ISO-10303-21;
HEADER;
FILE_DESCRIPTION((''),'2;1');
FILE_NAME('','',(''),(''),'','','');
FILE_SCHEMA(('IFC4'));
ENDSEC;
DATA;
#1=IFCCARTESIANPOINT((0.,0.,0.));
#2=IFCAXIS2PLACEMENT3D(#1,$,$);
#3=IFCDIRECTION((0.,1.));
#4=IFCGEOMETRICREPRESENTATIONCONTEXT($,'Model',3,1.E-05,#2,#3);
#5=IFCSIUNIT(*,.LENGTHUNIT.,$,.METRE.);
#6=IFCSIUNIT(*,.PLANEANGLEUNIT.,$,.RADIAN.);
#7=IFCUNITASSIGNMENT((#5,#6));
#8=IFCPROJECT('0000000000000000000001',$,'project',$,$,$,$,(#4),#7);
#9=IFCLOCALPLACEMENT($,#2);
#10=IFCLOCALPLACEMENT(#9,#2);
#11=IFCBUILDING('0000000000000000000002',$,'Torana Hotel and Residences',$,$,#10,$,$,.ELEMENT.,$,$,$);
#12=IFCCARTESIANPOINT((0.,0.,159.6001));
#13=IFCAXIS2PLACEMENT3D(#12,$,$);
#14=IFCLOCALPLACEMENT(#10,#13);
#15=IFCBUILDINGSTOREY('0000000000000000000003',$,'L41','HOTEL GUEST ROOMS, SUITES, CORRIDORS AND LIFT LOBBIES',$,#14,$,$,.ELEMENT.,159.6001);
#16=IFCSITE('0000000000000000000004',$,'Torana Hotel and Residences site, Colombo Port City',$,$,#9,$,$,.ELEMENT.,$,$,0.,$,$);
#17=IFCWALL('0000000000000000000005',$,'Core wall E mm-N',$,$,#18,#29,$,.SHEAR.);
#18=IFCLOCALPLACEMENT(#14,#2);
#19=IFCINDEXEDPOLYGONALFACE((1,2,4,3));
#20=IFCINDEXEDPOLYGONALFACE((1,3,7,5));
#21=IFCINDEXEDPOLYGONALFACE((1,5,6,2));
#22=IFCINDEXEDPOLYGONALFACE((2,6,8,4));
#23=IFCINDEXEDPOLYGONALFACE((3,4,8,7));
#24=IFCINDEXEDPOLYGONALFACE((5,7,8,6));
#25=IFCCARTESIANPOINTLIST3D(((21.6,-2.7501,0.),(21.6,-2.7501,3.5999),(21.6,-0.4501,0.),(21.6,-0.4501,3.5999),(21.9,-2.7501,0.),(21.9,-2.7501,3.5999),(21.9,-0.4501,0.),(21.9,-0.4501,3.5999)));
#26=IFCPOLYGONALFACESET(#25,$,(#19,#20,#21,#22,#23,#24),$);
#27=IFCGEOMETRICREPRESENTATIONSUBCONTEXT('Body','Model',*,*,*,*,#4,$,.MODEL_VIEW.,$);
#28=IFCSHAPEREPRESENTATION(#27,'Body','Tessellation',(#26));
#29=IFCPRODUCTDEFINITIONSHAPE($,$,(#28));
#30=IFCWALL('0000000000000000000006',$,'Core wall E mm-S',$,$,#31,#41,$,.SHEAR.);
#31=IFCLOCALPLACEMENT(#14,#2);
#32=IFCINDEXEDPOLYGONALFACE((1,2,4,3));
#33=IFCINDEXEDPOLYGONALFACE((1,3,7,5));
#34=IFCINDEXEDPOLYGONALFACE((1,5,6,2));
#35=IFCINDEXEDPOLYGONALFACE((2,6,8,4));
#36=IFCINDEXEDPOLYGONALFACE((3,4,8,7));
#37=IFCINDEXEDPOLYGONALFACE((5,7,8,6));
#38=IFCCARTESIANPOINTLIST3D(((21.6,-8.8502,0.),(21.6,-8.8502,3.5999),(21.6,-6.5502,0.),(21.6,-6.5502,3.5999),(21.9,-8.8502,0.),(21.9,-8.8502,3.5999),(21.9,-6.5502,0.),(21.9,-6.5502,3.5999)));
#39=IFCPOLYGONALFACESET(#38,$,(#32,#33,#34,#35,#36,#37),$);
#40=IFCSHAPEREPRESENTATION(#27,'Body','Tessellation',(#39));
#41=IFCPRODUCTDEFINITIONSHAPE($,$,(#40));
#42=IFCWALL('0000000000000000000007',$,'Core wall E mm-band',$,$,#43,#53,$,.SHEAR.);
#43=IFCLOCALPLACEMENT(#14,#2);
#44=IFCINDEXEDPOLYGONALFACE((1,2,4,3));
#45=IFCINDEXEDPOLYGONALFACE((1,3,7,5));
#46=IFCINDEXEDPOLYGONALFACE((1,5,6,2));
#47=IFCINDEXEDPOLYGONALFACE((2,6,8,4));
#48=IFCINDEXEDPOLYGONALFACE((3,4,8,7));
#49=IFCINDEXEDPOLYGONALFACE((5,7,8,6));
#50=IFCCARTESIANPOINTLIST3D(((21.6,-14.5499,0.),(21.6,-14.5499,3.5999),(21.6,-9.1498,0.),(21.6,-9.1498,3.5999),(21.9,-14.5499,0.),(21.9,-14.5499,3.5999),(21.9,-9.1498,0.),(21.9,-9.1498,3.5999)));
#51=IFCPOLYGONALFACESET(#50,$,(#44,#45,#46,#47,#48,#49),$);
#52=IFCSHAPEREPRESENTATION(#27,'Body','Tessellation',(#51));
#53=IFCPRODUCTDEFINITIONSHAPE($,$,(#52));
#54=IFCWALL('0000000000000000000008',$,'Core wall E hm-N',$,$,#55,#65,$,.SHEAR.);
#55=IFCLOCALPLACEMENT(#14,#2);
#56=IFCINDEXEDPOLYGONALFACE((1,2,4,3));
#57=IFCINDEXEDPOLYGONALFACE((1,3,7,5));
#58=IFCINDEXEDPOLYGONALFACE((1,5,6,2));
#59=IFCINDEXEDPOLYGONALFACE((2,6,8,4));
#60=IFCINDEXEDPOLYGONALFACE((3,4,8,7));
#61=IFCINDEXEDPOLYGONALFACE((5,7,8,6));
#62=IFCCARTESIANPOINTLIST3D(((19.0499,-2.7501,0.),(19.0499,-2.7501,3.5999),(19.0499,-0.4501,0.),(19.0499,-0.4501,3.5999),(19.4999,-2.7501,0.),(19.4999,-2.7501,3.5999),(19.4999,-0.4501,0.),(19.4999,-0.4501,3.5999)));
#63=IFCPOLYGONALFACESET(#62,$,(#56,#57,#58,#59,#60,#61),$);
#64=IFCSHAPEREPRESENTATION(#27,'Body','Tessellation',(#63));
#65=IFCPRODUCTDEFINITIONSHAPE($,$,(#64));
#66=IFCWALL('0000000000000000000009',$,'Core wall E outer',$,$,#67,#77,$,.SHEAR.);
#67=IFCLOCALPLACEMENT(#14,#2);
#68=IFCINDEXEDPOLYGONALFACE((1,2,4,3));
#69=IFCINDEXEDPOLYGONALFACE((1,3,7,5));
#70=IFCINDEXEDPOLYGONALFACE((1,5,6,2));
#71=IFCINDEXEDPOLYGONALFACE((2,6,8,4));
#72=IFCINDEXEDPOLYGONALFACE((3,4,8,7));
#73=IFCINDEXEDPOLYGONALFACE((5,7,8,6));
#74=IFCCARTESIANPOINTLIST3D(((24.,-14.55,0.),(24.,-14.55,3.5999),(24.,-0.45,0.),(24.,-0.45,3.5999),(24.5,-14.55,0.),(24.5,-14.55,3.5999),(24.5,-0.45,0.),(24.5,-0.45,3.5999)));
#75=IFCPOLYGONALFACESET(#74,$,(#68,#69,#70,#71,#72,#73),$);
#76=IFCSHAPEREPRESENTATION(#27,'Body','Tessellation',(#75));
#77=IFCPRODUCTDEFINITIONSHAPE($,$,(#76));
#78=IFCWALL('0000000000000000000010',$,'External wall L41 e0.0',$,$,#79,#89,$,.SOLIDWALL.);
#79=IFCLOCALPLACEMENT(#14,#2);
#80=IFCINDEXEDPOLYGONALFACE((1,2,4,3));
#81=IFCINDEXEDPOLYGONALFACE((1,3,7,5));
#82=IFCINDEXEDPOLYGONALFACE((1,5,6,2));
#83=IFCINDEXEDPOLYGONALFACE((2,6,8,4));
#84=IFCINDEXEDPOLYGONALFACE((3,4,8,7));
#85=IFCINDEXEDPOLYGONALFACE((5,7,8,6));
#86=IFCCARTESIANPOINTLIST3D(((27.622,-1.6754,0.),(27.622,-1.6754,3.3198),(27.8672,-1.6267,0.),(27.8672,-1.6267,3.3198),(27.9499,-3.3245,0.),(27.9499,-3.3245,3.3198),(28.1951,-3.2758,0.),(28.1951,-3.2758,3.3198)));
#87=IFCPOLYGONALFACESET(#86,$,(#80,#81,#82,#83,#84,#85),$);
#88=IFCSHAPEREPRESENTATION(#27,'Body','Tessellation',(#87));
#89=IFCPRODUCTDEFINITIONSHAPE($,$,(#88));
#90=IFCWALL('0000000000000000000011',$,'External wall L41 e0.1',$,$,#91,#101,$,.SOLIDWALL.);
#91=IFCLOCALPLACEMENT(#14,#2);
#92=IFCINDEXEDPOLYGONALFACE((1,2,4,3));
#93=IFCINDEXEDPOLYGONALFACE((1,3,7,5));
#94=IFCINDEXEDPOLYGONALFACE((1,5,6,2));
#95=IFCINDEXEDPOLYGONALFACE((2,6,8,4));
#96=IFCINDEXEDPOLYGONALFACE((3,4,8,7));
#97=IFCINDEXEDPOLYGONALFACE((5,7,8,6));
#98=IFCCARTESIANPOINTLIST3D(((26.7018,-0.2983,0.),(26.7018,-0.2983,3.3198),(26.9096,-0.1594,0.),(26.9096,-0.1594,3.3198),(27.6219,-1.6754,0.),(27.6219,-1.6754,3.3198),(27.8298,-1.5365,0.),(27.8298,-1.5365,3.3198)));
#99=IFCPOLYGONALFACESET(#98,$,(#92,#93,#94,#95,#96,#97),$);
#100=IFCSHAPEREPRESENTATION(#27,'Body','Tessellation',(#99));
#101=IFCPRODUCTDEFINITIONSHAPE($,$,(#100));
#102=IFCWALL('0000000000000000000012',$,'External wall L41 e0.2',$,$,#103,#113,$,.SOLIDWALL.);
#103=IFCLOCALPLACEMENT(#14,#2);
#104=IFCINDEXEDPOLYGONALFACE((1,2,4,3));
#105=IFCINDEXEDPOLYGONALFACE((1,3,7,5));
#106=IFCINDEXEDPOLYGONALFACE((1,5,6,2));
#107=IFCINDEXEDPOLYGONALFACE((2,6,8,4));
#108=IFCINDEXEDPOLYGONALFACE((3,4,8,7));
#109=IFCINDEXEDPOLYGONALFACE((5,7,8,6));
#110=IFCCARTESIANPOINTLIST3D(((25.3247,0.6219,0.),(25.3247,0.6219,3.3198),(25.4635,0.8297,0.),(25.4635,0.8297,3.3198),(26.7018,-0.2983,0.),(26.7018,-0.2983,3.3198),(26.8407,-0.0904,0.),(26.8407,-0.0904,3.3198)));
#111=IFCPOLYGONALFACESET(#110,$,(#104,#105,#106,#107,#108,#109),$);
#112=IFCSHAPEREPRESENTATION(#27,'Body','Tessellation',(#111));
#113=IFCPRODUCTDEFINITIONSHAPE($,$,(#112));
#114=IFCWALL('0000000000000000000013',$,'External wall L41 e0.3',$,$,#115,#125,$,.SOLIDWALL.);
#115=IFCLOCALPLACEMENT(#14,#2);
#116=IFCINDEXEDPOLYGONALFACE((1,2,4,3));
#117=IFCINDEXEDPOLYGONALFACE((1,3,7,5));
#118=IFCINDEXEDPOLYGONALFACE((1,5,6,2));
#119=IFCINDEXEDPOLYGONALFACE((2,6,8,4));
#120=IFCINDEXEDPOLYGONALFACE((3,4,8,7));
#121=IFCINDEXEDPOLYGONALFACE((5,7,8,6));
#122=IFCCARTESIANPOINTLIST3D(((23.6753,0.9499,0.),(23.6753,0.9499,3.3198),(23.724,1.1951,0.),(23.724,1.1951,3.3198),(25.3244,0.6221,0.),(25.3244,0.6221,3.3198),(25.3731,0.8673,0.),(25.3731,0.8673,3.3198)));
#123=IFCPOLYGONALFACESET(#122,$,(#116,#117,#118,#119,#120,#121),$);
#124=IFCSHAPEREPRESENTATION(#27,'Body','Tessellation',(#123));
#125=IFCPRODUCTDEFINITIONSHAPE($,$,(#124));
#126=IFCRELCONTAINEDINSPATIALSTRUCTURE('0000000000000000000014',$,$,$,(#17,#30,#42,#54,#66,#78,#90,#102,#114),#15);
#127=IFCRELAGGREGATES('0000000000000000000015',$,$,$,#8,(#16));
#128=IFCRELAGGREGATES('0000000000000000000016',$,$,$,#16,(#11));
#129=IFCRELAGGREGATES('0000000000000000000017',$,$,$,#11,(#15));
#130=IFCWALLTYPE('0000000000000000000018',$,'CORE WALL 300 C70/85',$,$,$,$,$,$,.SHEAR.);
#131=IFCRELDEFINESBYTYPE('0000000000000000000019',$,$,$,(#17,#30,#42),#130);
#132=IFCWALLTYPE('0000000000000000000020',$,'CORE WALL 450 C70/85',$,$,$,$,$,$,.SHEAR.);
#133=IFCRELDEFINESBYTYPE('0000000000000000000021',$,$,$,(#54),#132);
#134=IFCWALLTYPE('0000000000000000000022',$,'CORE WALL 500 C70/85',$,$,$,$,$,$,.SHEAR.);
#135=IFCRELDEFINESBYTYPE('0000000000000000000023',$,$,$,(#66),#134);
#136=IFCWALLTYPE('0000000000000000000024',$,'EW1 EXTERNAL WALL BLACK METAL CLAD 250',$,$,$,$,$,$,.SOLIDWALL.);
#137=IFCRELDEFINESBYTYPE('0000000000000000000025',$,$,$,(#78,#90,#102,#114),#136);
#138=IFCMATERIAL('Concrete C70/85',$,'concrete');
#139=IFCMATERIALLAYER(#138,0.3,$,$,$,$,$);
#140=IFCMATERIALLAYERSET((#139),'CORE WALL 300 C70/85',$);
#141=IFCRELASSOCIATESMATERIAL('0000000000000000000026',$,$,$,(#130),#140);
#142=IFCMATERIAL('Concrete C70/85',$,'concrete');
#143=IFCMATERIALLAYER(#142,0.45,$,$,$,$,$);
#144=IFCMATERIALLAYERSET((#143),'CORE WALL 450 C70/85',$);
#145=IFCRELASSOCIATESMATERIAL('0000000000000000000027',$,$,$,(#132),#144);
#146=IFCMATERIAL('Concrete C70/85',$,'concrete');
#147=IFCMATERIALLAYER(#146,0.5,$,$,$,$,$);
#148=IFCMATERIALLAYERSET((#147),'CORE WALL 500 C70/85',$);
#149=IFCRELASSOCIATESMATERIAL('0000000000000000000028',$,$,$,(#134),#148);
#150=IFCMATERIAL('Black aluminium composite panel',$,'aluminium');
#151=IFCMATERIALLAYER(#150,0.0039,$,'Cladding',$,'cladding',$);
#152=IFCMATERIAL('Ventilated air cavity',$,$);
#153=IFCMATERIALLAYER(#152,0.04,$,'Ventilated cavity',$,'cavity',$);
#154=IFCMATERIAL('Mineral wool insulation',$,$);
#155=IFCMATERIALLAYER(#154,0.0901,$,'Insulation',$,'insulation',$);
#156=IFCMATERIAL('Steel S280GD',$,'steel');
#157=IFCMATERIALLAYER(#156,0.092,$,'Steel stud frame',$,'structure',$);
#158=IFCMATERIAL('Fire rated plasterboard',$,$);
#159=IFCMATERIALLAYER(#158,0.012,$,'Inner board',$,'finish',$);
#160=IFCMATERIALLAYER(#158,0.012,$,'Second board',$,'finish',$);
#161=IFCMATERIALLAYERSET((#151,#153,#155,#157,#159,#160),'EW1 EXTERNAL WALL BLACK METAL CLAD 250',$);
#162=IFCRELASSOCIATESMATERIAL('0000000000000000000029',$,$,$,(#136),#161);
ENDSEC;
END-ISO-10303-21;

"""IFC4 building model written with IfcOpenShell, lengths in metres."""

from ifc_helpers import new_model, si_unit, direction, frame, frame_2d, origin, place, context, subcontext, project, spatial, rectangle, extrude, material, layer, layer_set, type_object, element, save


model = new_model("IFC4")

# Units and contexts
model_context = context("Model", 3, precision=1e-05, world=origin(), true_north=direction((0.0, 1.0)))
body_context = subcontext(model_context, "Body", "Model", "MODEL_VIEW")
ifc_project = project(units=[si_unit("LENGTHUNIT", "METRE"), si_unit("PLANEANGLEUNIT", "RADIAN")], contexts=[model_context])

# Site, building, storey
site_placement = place(None, origin())
site = spatial("IfcSite", under=ifc_project, at=site_placement, Name="Torana Hotel and Residences site, Colombo Port City", CompositionType="ELEMENT", RefElevation=0.0)
building_placement = place(site_placement, origin())
building = spatial("IfcBuilding", under=site, at=building_placement, Name="Torana Hotel and Residences", CompositionType="ELEMENT")
storey_placement = place(building_placement, frame((0.0, 0.0, 159.6001)))
storey = spatial("IfcBuildingStorey", under=building, at=storey_placement, Name="L41", Description="HOTEL GUEST ROOMS, SUITES, CORRIDORS AND LIFT LOBBIES", CompositionType="ELEMENT", Elevation=159.6001)

# Walls
ifc_material_1 = material(Name="Concrete C70/85", Category="concrete")
ifc_layer_1 = layer(ifc_material_1, 0.3)
ifc_layer_set_1 = layer_set([ifc_layer_1], Name="CORE WALL 300 C70/85")
wall_type_1 = type_object("IfcWallType", Name="CORE WALL 300 C70/85", PredefinedType="SHEAR", material=ifc_layer_set_1)
for number, where, z_axis, x_axis, name in (
    (1, (21.75, -2.75, 0.0), (0.0, 0.0, 1.0), (0.0, 1.0, 0.0), "Core wall E mm-N"),
    (2, (21.75, -8.8501, 0.0), (0.0, 0.0, 1.0), (0.0, 1.0, 0.0), "Core wall E mm-S"),
):
    element("IfcWall", number, at=place(storey_placement, frame(where, z_axis=z_axis, x_axis=x_axis)), inside=storey, type_object=wall_type_1, Name=name, PredefinedType="SHEAR", context=body_context, shape_type="SweptSolid", body=[
        extrude(rectangle(XDim=2.3, YDim=0.3, at=frame_2d((1.1499, 0.0))), origin(), (0.0, 0.0, 1.0), 3.5999),
    ])
wall_1_placement = place(storey_placement, frame((21.75, -14.55, 0.0), z_axis=(0.0, 0.0, 1.0), x_axis=(0.0, 1.0, 0.0)))
element("IfcWall", 3, at=wall_1_placement, inside=storey, type_object=wall_type_1, Name="Core wall E mm-band", PredefinedType="SHEAR", context=body_context, shape_type="SweptSolid", body=[
    extrude(rectangle(XDim=5.4001, YDim=0.3, at=frame_2d((2.7002, 0.0))), origin(), (0.0, 0.0, 1.0), 3.5999),
])
ifc_material_2 = material(Name="Concrete C70/85", Category="concrete")
ifc_layer_2 = layer(ifc_material_2, 0.45)
ifc_layer_set_2 = layer_set([ifc_layer_2], Name="CORE WALL 450 C70/85")
wall_type_2 = type_object("IfcWallType", Name="CORE WALL 450 C70/85", PredefinedType="SHEAR", material=ifc_layer_set_2)
wall_2_placement = place(storey_placement, frame((19.2749, -2.75, 0.0), z_axis=(0.0, 0.0, 1.0), x_axis=(0.0, 1.0, 0.0)))
element("IfcWall", 4, at=wall_2_placement, inside=storey, type_object=wall_type_2, Name="Core wall E hm-N", PredefinedType="SHEAR", context=body_context, shape_type="SweptSolid", body=[
    extrude(rectangle(XDim=2.3, YDim=0.45, at=frame_2d((1.1499, 0.0))), origin(), (0.0, 0.0, 1.0), 3.5999),
])
ifc_material_3 = material(Name="Concrete C70/85", Category="concrete")
ifc_layer_3 = layer(ifc_material_3, 0.5)
ifc_layer_set_3 = layer_set([ifc_layer_3], Name="CORE WALL 500 C70/85")
wall_type_3 = type_object("IfcWallType", Name="CORE WALL 500 C70/85", PredefinedType="SHEAR", material=ifc_layer_set_3)
wall_3_placement = place(storey_placement, frame((24.25, -14.55, 0.0), z_axis=(0.0, 0.0, 1.0), x_axis=(0.0, 1.0, 0.0)))
element("IfcWall", 5, at=wall_3_placement, inside=storey, type_object=wall_type_3, Name="Core wall E outer", PredefinedType="SHEAR", context=body_context, shape_type="SweptSolid", body=[
    extrude(rectangle(XDim=14.1001, YDim=0.5, at=frame_2d((7.05, 0.0))), origin(), (0.0, 0.0, 1.0), 3.5999),
])
ifc_material_4 = material(Name="Black aluminium composite panel", Category="aluminium")
ifc_layer_4 = layer(ifc_material_4, 0.0039, Name="Cladding", Category="cladding")
ifc_material_5 = material(Name="Ventilated air cavity")
ifc_layer_5 = layer(ifc_material_5, 0.04, Name="Ventilated cavity", Category="cavity")
ifc_material_6 = material(Name="Mineral wool insulation")
ifc_layer_6 = layer(ifc_material_6, 0.0901, Name="Insulation", Category="insulation")
ifc_material_7 = material(Name="Steel S280GD", Category="steel")
ifc_layer_7 = layer(ifc_material_7, 0.092, Name="Steel stud frame", Category="structure")
ifc_material_8 = material(Name="Fire rated plasterboard")
ifc_layer_8 = layer(ifc_material_8, 0.012, Name="Inner board", Category="finish")
ifc_layer_9 = layer(ifc_material_8, 0.012, Name="Second board", Category="finish")
ifc_layer_set_4 = layer_set([ifc_layer_4, ifc_layer_5, ifc_layer_6, ifc_layer_7, ifc_layer_8, ifc_layer_9], Name="EW1 EXTERNAL WALL BLACK METAL CLAD 250")
wall_type_4 = type_object("IfcWallType", Name="EW1 EXTERNAL WALL BLACK METAL CLAD 250", PredefinedType="SOLIDWALL", material=ifc_layer_set_4)
wall_4_placement = place(storey_placement, frame((28.0725, -3.3003, 0.0), z_axis=(0.0, 0.0, 1.0), x_axis=(-0.194999, 0.980803, 0.0)))
element("IfcWall", 6, at=wall_4_placement, inside=storey, type_object=wall_type_4, Name="External wall L41 e0.0", PredefinedType="SOLIDWALL", context=body_context, shape_type="SweptSolid", body=[
    extrude(rectangle(XDim=1.6814, YDim=0.25, at=frame_2d((0.8408, 0.0))), origin(), (0.0, 0.0, 1.0), 3.3198),
])
for number, where, z_axis, x_axis, name in (
    (7, (27.7258, -1.606, 0.0), (0.0, 0.0, 1.0), (-0.55555, 0.831483, 0.0), "External wall L41 e0.1"),
    (8, (26.7712, -0.1943, 0.0), (0.0, 0.0, 1.0), (-0.831483, 0.55555, 0.0), "External wall L41 e0.2"),
):
    element("IfcWall", number, at=place(storey_placement, frame(where, z_axis=z_axis, x_axis=x_axis)), inside=storey, type_object=wall_type_4, Name=name, PredefinedType="SOLIDWALL", context=body_context, shape_type="SweptSolid", body=[
        extrude(rectangle(XDim=1.6562, YDim=0.25, at=frame_2d((0.8281, 0.0))), origin(), (0.0, 0.0, 1.0), 3.3198),
    ])
wall_5_placement = place(storey_placement, frame((25.3489, 0.7446, 0.0), z_axis=(0.0, 0.0, 1.0), x_axis=(-0.980803, 0.194999, 0.0)))
element("IfcWall", 9, at=wall_5_placement, inside=storey, type_object=wall_type_4, Name="External wall L41 e0.3", PredefinedType="SOLIDWALL", context=body_context, shape_type="SweptSolid", body=[
    extrude(rectangle(XDim=1.6814, YDim=0.25, at=frame_2d((0.8408, 0.0))), origin(), (0.0, 0.0, 1.0), 3.3198),
])

save(model, "model.ifc")
